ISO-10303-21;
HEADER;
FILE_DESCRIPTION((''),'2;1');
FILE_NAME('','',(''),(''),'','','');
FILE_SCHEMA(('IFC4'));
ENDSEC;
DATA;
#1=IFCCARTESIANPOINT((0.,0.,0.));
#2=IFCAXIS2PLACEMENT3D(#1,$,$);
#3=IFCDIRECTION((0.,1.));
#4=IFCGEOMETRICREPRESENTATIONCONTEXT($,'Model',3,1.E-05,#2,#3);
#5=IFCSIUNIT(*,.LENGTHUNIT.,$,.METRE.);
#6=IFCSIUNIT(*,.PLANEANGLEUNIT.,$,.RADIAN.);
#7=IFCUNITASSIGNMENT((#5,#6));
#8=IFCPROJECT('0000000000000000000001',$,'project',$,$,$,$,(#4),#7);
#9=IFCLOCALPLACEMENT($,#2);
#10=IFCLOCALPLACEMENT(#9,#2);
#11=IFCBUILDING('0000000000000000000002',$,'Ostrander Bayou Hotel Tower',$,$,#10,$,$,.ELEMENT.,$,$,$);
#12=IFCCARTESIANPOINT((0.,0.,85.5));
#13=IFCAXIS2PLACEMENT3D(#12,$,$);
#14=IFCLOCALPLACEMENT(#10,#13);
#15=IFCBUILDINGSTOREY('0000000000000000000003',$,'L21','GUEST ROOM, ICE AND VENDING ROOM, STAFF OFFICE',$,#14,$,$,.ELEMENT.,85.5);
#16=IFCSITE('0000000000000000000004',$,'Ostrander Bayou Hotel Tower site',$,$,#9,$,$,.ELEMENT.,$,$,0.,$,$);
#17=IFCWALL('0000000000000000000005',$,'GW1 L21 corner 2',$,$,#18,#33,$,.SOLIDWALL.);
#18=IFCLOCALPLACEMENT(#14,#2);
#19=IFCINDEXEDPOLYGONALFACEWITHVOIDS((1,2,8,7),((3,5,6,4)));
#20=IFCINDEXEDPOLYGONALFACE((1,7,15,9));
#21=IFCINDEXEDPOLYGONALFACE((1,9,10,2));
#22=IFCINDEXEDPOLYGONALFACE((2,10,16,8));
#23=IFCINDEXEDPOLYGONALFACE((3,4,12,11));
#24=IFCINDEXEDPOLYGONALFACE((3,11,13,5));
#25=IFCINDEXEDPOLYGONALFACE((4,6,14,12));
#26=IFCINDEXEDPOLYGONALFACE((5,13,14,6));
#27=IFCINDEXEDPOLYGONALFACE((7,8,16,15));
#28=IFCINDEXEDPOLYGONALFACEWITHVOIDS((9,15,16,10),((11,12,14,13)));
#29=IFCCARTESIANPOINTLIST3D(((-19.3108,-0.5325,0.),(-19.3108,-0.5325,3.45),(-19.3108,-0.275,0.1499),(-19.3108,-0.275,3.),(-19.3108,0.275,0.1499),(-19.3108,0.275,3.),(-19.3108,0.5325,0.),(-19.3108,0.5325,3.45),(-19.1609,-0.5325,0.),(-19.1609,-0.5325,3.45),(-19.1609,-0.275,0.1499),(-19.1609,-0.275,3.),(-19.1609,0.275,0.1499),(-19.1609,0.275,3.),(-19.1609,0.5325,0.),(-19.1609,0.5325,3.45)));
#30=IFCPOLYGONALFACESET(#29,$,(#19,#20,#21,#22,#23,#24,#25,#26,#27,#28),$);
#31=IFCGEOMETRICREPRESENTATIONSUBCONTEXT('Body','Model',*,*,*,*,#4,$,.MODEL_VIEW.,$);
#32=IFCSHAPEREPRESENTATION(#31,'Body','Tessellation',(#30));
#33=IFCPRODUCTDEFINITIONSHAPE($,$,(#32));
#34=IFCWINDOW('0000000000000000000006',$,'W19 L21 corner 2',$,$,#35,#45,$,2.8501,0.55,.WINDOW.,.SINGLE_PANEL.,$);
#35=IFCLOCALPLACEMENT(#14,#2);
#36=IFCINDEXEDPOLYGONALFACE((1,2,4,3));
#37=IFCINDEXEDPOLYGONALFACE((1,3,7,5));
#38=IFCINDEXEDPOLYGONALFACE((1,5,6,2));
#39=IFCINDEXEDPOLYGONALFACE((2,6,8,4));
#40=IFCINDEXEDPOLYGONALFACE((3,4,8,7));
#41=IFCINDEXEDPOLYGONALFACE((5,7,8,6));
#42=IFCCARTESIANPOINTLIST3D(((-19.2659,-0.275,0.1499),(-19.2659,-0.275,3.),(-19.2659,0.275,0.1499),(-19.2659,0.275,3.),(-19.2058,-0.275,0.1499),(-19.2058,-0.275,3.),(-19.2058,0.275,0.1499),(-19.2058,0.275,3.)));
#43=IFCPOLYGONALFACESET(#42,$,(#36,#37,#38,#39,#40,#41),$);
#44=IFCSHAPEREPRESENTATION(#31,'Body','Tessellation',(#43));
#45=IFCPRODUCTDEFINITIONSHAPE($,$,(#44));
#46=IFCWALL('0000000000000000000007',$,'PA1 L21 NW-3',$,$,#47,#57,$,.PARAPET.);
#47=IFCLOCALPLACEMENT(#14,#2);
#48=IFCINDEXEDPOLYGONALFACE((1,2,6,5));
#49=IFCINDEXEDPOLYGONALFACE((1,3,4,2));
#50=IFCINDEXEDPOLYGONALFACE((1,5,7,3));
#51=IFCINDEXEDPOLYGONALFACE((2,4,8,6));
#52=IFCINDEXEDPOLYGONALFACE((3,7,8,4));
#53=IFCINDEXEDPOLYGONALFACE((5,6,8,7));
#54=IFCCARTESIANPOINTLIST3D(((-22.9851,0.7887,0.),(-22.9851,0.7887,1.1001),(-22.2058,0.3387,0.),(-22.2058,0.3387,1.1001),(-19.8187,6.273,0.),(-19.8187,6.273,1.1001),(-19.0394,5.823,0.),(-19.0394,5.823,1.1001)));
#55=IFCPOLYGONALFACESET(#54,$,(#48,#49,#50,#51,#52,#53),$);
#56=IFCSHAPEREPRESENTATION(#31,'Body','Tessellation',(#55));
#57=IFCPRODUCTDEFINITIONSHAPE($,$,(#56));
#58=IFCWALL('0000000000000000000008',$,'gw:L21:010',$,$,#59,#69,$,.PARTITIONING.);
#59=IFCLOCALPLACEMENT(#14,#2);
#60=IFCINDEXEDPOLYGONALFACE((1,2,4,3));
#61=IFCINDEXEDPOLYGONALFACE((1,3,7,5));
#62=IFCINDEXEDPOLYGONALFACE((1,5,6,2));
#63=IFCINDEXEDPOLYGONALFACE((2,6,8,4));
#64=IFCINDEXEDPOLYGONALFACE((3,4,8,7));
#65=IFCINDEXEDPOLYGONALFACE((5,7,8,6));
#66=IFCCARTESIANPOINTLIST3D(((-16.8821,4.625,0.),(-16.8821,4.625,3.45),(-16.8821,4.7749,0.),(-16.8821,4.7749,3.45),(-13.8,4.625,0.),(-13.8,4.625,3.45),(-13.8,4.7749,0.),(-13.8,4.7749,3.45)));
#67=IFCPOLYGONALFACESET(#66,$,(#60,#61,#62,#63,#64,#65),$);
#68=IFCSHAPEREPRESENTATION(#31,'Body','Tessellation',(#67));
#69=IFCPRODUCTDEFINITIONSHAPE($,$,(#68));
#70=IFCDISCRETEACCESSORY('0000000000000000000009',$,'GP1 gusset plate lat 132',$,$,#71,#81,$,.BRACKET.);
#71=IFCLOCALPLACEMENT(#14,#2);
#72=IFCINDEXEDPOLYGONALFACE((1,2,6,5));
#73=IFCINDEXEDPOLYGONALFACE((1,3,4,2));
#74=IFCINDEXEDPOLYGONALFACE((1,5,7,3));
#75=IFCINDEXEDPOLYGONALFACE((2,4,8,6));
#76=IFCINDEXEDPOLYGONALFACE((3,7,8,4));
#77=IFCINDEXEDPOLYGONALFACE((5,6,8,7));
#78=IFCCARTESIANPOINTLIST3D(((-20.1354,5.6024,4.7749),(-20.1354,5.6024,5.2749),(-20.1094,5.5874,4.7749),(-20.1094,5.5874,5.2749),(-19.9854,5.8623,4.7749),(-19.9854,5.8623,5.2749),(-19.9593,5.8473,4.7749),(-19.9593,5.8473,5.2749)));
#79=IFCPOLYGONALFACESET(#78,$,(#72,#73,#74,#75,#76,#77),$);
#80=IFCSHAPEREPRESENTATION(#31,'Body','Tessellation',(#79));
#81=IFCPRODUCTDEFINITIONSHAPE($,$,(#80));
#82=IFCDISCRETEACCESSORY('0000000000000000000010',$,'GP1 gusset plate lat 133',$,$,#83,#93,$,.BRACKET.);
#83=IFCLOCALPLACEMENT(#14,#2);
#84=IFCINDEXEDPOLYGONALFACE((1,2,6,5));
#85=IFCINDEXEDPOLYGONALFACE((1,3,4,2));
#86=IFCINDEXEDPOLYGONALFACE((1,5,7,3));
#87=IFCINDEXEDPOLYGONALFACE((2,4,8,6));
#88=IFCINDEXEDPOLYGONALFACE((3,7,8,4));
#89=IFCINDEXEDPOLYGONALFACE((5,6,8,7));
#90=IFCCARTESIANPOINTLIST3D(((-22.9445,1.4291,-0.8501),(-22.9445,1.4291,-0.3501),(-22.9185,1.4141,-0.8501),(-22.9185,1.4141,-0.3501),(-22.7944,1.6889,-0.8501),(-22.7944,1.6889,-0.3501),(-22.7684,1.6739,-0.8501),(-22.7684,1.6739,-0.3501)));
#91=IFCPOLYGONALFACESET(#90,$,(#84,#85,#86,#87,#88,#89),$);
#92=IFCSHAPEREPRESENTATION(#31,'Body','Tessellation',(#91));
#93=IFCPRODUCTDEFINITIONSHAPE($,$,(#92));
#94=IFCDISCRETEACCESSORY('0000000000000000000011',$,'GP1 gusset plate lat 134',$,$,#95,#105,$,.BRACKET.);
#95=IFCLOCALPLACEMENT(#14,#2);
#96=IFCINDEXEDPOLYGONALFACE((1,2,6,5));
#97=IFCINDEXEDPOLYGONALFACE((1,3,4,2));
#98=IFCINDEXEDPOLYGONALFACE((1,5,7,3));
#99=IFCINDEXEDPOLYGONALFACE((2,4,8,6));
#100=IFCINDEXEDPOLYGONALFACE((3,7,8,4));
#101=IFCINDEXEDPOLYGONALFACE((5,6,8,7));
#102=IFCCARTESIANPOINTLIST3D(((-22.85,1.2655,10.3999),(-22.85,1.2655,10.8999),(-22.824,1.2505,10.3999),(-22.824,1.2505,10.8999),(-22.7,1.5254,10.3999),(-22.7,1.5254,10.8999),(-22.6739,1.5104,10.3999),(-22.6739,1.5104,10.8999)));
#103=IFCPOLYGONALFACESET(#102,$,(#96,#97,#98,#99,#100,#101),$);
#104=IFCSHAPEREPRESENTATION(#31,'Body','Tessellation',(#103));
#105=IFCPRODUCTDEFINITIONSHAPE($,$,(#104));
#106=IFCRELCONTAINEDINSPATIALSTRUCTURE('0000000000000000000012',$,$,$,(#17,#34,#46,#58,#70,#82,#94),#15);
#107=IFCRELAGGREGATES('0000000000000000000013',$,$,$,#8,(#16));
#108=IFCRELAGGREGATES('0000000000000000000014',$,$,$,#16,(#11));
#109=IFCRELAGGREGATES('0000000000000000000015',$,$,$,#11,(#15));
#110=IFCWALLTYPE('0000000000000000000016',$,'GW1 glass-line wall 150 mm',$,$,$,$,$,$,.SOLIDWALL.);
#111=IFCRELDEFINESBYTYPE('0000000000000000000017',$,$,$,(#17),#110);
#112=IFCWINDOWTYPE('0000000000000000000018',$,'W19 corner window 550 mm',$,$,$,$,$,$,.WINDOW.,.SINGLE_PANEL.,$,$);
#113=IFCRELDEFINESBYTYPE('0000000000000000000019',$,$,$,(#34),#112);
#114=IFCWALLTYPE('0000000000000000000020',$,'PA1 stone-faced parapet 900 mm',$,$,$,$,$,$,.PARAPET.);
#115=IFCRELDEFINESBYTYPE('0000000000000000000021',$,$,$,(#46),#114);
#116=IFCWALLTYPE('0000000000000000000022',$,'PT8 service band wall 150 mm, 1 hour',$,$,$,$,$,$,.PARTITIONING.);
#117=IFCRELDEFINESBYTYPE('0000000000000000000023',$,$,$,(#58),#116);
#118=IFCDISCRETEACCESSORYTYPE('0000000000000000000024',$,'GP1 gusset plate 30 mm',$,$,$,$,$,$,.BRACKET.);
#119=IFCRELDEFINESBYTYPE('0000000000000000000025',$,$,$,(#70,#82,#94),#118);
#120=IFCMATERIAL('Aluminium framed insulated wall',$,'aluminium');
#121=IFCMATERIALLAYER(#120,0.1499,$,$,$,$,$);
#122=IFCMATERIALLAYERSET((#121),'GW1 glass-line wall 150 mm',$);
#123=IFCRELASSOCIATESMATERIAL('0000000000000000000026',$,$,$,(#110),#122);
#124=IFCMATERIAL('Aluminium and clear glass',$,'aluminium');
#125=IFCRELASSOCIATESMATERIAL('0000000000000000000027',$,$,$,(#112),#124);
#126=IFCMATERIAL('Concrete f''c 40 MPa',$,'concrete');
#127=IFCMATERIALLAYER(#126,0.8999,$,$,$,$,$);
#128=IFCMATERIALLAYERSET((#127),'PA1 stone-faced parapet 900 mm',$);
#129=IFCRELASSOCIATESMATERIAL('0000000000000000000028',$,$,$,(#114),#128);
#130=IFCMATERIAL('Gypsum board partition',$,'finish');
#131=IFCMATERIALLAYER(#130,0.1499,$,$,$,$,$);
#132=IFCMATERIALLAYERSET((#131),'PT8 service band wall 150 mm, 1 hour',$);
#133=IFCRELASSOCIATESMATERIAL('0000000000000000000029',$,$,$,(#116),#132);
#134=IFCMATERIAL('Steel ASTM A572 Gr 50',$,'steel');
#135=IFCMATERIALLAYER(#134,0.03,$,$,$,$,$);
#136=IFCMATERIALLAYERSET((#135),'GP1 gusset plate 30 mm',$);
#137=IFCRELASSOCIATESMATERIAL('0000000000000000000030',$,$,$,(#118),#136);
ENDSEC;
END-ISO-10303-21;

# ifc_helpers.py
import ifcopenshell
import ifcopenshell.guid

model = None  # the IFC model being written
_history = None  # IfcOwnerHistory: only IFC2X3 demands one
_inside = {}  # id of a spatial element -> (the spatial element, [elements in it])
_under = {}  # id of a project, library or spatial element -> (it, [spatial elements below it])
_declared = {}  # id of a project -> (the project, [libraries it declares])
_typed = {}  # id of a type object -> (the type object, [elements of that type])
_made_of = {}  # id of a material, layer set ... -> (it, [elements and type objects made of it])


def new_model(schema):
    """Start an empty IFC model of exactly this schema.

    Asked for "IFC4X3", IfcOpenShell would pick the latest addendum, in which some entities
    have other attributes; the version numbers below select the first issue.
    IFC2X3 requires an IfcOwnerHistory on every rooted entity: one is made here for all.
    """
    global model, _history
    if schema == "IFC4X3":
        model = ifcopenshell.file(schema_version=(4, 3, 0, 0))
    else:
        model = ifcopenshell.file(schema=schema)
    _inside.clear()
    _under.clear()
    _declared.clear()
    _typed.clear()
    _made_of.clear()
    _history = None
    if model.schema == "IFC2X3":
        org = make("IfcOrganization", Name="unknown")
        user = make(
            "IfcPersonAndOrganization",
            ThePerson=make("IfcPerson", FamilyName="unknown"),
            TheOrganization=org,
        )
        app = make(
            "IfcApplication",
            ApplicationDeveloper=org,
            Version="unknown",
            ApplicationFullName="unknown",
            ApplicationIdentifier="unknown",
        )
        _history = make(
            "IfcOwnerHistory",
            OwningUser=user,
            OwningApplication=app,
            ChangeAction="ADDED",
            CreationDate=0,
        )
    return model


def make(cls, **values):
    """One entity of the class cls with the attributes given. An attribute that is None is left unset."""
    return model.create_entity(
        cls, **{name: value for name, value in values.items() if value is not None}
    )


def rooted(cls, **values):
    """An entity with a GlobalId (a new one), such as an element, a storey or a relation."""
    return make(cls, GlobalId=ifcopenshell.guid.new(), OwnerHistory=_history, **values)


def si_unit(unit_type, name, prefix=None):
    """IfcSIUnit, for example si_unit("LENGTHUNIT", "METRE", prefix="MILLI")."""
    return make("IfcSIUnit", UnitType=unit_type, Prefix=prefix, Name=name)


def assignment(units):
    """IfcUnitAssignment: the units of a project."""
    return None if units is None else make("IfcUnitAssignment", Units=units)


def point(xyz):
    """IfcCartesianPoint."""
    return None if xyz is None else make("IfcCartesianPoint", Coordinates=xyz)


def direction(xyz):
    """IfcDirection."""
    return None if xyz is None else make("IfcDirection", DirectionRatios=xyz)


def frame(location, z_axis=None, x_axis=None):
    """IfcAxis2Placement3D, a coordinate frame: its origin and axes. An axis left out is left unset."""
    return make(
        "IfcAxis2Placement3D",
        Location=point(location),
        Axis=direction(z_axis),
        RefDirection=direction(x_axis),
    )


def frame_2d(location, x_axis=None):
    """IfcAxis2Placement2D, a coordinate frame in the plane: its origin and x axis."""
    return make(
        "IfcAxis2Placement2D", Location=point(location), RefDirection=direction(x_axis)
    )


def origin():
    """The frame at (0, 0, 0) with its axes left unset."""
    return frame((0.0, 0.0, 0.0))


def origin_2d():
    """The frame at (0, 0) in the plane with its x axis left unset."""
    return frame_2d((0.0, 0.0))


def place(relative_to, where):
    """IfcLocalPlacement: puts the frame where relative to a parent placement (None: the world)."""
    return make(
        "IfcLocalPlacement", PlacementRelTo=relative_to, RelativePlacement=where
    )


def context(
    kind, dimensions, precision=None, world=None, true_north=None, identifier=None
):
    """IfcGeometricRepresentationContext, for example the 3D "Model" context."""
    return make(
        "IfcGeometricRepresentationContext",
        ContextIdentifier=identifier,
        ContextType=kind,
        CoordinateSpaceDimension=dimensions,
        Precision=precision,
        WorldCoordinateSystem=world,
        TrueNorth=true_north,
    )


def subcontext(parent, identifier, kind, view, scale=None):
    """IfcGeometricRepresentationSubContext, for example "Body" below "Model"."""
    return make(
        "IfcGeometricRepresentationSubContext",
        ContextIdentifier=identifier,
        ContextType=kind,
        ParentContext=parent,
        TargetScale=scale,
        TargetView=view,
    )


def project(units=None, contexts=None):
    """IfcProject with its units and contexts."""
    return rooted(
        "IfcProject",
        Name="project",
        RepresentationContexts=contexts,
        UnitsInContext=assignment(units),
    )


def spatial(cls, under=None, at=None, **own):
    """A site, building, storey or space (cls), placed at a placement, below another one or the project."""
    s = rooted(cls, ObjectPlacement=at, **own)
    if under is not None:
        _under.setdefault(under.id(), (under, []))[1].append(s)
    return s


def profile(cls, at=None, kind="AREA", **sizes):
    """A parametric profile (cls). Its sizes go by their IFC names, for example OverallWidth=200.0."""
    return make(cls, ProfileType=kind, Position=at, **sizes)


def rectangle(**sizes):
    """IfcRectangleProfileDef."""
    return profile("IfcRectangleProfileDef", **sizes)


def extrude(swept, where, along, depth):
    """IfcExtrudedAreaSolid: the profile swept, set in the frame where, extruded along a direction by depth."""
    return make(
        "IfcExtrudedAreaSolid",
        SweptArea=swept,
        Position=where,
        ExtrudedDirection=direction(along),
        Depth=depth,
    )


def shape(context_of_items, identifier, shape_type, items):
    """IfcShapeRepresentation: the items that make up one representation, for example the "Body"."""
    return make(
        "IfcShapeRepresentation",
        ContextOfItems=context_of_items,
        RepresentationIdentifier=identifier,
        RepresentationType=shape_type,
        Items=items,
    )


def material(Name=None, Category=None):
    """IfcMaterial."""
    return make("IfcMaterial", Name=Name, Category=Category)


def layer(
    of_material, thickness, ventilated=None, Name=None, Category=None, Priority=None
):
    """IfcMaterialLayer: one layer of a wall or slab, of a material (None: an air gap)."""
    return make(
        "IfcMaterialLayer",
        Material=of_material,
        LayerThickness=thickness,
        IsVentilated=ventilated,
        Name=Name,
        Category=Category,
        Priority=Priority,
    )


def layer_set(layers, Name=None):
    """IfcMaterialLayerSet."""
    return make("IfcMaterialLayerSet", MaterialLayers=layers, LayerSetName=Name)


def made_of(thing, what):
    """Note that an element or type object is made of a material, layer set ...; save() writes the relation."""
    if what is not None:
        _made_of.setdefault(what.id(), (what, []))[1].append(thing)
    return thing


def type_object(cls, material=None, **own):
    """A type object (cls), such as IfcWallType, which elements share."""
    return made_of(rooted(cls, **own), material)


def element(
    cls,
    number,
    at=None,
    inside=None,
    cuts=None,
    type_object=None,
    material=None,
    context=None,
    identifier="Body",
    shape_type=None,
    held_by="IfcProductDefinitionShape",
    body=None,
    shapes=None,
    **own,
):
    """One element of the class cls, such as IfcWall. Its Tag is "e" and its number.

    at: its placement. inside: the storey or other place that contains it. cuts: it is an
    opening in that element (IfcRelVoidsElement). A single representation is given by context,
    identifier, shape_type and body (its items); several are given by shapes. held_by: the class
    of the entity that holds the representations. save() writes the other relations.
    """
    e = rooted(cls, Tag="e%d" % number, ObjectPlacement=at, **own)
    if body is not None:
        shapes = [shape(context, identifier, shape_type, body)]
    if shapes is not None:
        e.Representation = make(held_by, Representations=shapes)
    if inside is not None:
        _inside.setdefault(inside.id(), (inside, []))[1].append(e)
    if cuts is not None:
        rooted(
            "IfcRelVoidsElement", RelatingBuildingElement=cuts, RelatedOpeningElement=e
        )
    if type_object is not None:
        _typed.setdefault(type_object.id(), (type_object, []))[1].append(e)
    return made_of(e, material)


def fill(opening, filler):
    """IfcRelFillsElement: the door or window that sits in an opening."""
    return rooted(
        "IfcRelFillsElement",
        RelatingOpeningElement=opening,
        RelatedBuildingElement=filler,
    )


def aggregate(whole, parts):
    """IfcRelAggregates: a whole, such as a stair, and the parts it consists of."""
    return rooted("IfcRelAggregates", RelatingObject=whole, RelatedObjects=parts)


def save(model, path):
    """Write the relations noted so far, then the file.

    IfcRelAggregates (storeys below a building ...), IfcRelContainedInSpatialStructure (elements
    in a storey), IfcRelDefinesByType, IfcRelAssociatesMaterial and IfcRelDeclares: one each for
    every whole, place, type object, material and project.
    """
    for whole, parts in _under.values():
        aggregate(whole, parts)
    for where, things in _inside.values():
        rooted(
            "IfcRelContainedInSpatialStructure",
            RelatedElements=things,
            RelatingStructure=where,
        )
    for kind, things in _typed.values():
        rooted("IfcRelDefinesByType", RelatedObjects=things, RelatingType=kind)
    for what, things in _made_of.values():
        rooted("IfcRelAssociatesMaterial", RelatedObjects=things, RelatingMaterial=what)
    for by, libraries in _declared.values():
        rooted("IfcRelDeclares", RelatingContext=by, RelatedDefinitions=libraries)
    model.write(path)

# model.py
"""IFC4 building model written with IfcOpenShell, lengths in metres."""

from ifc_helpers import new_model, si_unit, direction, frame, frame_2d, origin, origin_2d, place, context, subcontext, project, spatial, rectangle, extrude, material, layer, layer_set, type_object, element, fill, save


model = new_model("IFC4")

# Units and contexts
model_context = context("Model", 3, precision=1e-05, world=origin(), true_north=direction((0.0, 1.0)))
body_context = subcontext(model_context, "Body", "Model", "MODEL_VIEW")
ifc_project = project(units=[si_unit("LENGTHUNIT", "METRE"), si_unit("PLANEANGLEUNIT", "RADIAN")], contexts=[model_context])

# Site, building, storey
site_placement = place(None, origin())
site = spatial("IfcSite", under=ifc_project, at=site_placement, Name="Ostrander Bayou Hotel Tower site", CompositionType="ELEMENT", RefElevation=0.0)
building_placement = place(site_placement, origin())
building = spatial("IfcBuilding", under=site, at=building_placement, Name="Ostrander Bayou Hotel Tower", CompositionType="ELEMENT")
storey_placement = place(building_placement, frame((0.0, 0.0, 85.5)))
storey = spatial("IfcBuildingStorey", under=building, at=storey_placement, Name="L21", Description="GUEST ROOM, ICE AND VENDING ROOM, STAFF OFFICE", CompositionType="ELEMENT", Elevation=85.5)

# Wall, opening, window
ifc_material_1 = material(Name="Aluminium framed insulated wall", Category="aluminium")
ifc_layer_1 = layer(ifc_material_1, 0.1499)
ifc_layer_set_1 = layer_set([ifc_layer_1], Name="GW1 glass-line wall 150 mm")
wall_type_1 = type_object("IfcWallType", Name="GW1 glass-line wall 150 mm", PredefinedType="SOLIDWALL", material=ifc_layer_set_1)
wall_1_placement = place(storey_placement, frame((-19.2358, 0.5325, 0.0), z_axis=(0.0, 0.0, 1.0), x_axis=(0.0, -1.0, 0.0)))
wall_1 = element("IfcWall", 1, at=wall_1_placement, inside=storey, type_object=wall_type_1, Name="GW1 L21 corner 2", PredefinedType="SOLIDWALL", context=body_context, shape_type="SweptSolid", body=[
    extrude(rectangle(XDim=1.0649, YDim=0.1499, at=frame_2d((0.5325, 0.0))), origin(), (0.0, 0.0, 1.0), 3.45),
])
opening_placement = place(wall_1_placement, frame((0.2576, 0.0, 0.1499)))
opening = element("IfcOpeningElement", 2, at=opening_placement, cuts=wall_1, PredefinedType="OPENING", context=body_context, shape_type="SweptSolid", body=[
    extrude(rectangle(XDim=0.55, YDim=2.8501, at=frame_2d((0.2749, 1.425))), frame((0.0, 0.075, 0.0), z_axis=(0.0, -1.0, 0.0), x_axis=(1.0, 0.0, 0.0)), (0.0, 0.0, 1.0), 0.1499),
])
ifc_material_2 = material(Name="Aluminium and clear glass", Category="aluminium")
window_type = type_object("IfcWindowType", Name="W19 corner window 550 mm", PartitioningType="SINGLE_PANEL", PredefinedType="WINDOW", material=ifc_material_2)
window_placement = place(opening_placement, origin())
window = element("IfcWindow", 3, at=window_placement, inside=storey, type_object=window_type, Name="W19 L21 corner 2", OverallHeight=2.8501, OverallWidth=0.55, PartitioningType="SINGLE_PANEL", PredefinedType="WINDOW", context=body_context, shape_type="SweptSolid", body=[
    extrude(rectangle(XDim=0.55, YDim=2.8501, at=frame_2d((0.2749, 1.425))), frame((0.0, 0.03, 0.0), z_axis=(0.0, -1.0, 0.0), x_axis=(1.0, 0.0, 0.0)), (0.0, 0.0, 1.0), 0.0601),
])
fill(opening, window)

# Walls
ifc_material_3 = material(Name="Concrete f'c 40 MPa", Category="concrete")
ifc_layer_2 = layer(ifc_material_3, 0.8999)
ifc_layer_set_2 = layer_set([ifc_layer_2], Name="PA1 stone-faced parapet 900 mm")
wall_type_2 = type_object("IfcWallType", Name="PA1 stone-faced parapet 900 mm", PredefinedType="PARAPET", material=ifc_layer_set_2)
wall_2_placement = place(storey_placement, frame((-19.429, 6.0481, 0.0), z_axis=(0.0, 0.0, 1.0), x_axis=(-0.500012, -0.866019, 0.0)))
element("IfcWall", 4, at=wall_2_placement, inside=storey, type_object=wall_type_2, Name="PA1 L21 NW-3", PredefinedType="PARAPET", context=body_context, shape_type="SweptSolid", body=[
    extrude(rectangle(XDim=6.3328, YDim=0.8999, at=frame_2d((3.1665, 0.0))), origin(), (0.0, 0.0, 1.0), 1.1001),
])
ifc_material_4 = material(Name="Gypsum board partition", Category="finish")
ifc_layer_3 = layer(ifc_material_4, 0.1499)
ifc_layer_set_3 = layer_set([ifc_layer_3], Name="PT8 service band wall 150 mm, 1 hour")
wall_type_3 = type_object("IfcWallType", Name="PT8 service band wall 150 mm, 1 hour", PredefinedType="PARTITIONING", material=ifc_layer_set_3)
wall_3_placement = place(storey_placement, frame((-16.8821, 4.7, 0.0), z_axis=(0.0, 0.0, 1.0), x_axis=(1.0, 0.0, 0.0)))
element("IfcWall", 5, at=wall_3_placement, inside=storey, type_object=wall_type_3, Name="gw:L21:010", PredefinedType="PARTITIONING", context=body_context, shape_type="SweptSolid", body=[
    extrude(rectangle(XDim=3.082, YDim=0.1499, at=frame_2d((1.541, 0.0))), origin(), (0.0, 0.0, 1.0), 3.45),
])

# Discrete accessories
ifc_material_5 = material(Name="Steel ASTM A572 Gr 50", Category="steel")
ifc_layer_4 = layer(ifc_material_5, 0.03)
ifc_layer_set_4 = layer_set([ifc_layer_4], Name="GP1 gusset plate 30 mm")
discrete_accessory_type = type_object("IfcDiscreteAccessoryType", Name="GP1 gusset plate 30 mm", PredefinedType="BRACKET", material=ifc_layer_set_4)
for number, where, z_axis, x_axis, name in (
    (6, (-20.0474, 5.7249, 4.7749), (0.0, 0.0, 1.0), (-0.5, -0.866025, 0.0), "GP1 gusset plate lat 132"),
    (7, (-22.8564, 1.5515, -0.8501), (0.0, 0.0, 1.0), (-0.5, -0.866025, 0.0), "GP1 gusset plate lat 133"),
    (8, (-22.762, 1.3879, 10.3999), (0.0, 0.0, 1.0), (-0.5, -0.866025, 0.0), "GP1 gusset plate lat 134"),
):
    element("IfcDiscreteAccessory", number, at=place(storey_placement, frame(where, z_axis=z_axis, x_axis=x_axis)), inside=storey, type_object=discrete_accessory_type, Name=name, PredefinedType="BRACKET", context=body_context, shape_type="SweptSolid", body=[
        extrude(rectangle(XDim=0.3, YDim=0.03, at=origin_2d()), origin(), (0.0, 0.0, 1.0), 0.5),
    ])

save(model, "model.ifc")
